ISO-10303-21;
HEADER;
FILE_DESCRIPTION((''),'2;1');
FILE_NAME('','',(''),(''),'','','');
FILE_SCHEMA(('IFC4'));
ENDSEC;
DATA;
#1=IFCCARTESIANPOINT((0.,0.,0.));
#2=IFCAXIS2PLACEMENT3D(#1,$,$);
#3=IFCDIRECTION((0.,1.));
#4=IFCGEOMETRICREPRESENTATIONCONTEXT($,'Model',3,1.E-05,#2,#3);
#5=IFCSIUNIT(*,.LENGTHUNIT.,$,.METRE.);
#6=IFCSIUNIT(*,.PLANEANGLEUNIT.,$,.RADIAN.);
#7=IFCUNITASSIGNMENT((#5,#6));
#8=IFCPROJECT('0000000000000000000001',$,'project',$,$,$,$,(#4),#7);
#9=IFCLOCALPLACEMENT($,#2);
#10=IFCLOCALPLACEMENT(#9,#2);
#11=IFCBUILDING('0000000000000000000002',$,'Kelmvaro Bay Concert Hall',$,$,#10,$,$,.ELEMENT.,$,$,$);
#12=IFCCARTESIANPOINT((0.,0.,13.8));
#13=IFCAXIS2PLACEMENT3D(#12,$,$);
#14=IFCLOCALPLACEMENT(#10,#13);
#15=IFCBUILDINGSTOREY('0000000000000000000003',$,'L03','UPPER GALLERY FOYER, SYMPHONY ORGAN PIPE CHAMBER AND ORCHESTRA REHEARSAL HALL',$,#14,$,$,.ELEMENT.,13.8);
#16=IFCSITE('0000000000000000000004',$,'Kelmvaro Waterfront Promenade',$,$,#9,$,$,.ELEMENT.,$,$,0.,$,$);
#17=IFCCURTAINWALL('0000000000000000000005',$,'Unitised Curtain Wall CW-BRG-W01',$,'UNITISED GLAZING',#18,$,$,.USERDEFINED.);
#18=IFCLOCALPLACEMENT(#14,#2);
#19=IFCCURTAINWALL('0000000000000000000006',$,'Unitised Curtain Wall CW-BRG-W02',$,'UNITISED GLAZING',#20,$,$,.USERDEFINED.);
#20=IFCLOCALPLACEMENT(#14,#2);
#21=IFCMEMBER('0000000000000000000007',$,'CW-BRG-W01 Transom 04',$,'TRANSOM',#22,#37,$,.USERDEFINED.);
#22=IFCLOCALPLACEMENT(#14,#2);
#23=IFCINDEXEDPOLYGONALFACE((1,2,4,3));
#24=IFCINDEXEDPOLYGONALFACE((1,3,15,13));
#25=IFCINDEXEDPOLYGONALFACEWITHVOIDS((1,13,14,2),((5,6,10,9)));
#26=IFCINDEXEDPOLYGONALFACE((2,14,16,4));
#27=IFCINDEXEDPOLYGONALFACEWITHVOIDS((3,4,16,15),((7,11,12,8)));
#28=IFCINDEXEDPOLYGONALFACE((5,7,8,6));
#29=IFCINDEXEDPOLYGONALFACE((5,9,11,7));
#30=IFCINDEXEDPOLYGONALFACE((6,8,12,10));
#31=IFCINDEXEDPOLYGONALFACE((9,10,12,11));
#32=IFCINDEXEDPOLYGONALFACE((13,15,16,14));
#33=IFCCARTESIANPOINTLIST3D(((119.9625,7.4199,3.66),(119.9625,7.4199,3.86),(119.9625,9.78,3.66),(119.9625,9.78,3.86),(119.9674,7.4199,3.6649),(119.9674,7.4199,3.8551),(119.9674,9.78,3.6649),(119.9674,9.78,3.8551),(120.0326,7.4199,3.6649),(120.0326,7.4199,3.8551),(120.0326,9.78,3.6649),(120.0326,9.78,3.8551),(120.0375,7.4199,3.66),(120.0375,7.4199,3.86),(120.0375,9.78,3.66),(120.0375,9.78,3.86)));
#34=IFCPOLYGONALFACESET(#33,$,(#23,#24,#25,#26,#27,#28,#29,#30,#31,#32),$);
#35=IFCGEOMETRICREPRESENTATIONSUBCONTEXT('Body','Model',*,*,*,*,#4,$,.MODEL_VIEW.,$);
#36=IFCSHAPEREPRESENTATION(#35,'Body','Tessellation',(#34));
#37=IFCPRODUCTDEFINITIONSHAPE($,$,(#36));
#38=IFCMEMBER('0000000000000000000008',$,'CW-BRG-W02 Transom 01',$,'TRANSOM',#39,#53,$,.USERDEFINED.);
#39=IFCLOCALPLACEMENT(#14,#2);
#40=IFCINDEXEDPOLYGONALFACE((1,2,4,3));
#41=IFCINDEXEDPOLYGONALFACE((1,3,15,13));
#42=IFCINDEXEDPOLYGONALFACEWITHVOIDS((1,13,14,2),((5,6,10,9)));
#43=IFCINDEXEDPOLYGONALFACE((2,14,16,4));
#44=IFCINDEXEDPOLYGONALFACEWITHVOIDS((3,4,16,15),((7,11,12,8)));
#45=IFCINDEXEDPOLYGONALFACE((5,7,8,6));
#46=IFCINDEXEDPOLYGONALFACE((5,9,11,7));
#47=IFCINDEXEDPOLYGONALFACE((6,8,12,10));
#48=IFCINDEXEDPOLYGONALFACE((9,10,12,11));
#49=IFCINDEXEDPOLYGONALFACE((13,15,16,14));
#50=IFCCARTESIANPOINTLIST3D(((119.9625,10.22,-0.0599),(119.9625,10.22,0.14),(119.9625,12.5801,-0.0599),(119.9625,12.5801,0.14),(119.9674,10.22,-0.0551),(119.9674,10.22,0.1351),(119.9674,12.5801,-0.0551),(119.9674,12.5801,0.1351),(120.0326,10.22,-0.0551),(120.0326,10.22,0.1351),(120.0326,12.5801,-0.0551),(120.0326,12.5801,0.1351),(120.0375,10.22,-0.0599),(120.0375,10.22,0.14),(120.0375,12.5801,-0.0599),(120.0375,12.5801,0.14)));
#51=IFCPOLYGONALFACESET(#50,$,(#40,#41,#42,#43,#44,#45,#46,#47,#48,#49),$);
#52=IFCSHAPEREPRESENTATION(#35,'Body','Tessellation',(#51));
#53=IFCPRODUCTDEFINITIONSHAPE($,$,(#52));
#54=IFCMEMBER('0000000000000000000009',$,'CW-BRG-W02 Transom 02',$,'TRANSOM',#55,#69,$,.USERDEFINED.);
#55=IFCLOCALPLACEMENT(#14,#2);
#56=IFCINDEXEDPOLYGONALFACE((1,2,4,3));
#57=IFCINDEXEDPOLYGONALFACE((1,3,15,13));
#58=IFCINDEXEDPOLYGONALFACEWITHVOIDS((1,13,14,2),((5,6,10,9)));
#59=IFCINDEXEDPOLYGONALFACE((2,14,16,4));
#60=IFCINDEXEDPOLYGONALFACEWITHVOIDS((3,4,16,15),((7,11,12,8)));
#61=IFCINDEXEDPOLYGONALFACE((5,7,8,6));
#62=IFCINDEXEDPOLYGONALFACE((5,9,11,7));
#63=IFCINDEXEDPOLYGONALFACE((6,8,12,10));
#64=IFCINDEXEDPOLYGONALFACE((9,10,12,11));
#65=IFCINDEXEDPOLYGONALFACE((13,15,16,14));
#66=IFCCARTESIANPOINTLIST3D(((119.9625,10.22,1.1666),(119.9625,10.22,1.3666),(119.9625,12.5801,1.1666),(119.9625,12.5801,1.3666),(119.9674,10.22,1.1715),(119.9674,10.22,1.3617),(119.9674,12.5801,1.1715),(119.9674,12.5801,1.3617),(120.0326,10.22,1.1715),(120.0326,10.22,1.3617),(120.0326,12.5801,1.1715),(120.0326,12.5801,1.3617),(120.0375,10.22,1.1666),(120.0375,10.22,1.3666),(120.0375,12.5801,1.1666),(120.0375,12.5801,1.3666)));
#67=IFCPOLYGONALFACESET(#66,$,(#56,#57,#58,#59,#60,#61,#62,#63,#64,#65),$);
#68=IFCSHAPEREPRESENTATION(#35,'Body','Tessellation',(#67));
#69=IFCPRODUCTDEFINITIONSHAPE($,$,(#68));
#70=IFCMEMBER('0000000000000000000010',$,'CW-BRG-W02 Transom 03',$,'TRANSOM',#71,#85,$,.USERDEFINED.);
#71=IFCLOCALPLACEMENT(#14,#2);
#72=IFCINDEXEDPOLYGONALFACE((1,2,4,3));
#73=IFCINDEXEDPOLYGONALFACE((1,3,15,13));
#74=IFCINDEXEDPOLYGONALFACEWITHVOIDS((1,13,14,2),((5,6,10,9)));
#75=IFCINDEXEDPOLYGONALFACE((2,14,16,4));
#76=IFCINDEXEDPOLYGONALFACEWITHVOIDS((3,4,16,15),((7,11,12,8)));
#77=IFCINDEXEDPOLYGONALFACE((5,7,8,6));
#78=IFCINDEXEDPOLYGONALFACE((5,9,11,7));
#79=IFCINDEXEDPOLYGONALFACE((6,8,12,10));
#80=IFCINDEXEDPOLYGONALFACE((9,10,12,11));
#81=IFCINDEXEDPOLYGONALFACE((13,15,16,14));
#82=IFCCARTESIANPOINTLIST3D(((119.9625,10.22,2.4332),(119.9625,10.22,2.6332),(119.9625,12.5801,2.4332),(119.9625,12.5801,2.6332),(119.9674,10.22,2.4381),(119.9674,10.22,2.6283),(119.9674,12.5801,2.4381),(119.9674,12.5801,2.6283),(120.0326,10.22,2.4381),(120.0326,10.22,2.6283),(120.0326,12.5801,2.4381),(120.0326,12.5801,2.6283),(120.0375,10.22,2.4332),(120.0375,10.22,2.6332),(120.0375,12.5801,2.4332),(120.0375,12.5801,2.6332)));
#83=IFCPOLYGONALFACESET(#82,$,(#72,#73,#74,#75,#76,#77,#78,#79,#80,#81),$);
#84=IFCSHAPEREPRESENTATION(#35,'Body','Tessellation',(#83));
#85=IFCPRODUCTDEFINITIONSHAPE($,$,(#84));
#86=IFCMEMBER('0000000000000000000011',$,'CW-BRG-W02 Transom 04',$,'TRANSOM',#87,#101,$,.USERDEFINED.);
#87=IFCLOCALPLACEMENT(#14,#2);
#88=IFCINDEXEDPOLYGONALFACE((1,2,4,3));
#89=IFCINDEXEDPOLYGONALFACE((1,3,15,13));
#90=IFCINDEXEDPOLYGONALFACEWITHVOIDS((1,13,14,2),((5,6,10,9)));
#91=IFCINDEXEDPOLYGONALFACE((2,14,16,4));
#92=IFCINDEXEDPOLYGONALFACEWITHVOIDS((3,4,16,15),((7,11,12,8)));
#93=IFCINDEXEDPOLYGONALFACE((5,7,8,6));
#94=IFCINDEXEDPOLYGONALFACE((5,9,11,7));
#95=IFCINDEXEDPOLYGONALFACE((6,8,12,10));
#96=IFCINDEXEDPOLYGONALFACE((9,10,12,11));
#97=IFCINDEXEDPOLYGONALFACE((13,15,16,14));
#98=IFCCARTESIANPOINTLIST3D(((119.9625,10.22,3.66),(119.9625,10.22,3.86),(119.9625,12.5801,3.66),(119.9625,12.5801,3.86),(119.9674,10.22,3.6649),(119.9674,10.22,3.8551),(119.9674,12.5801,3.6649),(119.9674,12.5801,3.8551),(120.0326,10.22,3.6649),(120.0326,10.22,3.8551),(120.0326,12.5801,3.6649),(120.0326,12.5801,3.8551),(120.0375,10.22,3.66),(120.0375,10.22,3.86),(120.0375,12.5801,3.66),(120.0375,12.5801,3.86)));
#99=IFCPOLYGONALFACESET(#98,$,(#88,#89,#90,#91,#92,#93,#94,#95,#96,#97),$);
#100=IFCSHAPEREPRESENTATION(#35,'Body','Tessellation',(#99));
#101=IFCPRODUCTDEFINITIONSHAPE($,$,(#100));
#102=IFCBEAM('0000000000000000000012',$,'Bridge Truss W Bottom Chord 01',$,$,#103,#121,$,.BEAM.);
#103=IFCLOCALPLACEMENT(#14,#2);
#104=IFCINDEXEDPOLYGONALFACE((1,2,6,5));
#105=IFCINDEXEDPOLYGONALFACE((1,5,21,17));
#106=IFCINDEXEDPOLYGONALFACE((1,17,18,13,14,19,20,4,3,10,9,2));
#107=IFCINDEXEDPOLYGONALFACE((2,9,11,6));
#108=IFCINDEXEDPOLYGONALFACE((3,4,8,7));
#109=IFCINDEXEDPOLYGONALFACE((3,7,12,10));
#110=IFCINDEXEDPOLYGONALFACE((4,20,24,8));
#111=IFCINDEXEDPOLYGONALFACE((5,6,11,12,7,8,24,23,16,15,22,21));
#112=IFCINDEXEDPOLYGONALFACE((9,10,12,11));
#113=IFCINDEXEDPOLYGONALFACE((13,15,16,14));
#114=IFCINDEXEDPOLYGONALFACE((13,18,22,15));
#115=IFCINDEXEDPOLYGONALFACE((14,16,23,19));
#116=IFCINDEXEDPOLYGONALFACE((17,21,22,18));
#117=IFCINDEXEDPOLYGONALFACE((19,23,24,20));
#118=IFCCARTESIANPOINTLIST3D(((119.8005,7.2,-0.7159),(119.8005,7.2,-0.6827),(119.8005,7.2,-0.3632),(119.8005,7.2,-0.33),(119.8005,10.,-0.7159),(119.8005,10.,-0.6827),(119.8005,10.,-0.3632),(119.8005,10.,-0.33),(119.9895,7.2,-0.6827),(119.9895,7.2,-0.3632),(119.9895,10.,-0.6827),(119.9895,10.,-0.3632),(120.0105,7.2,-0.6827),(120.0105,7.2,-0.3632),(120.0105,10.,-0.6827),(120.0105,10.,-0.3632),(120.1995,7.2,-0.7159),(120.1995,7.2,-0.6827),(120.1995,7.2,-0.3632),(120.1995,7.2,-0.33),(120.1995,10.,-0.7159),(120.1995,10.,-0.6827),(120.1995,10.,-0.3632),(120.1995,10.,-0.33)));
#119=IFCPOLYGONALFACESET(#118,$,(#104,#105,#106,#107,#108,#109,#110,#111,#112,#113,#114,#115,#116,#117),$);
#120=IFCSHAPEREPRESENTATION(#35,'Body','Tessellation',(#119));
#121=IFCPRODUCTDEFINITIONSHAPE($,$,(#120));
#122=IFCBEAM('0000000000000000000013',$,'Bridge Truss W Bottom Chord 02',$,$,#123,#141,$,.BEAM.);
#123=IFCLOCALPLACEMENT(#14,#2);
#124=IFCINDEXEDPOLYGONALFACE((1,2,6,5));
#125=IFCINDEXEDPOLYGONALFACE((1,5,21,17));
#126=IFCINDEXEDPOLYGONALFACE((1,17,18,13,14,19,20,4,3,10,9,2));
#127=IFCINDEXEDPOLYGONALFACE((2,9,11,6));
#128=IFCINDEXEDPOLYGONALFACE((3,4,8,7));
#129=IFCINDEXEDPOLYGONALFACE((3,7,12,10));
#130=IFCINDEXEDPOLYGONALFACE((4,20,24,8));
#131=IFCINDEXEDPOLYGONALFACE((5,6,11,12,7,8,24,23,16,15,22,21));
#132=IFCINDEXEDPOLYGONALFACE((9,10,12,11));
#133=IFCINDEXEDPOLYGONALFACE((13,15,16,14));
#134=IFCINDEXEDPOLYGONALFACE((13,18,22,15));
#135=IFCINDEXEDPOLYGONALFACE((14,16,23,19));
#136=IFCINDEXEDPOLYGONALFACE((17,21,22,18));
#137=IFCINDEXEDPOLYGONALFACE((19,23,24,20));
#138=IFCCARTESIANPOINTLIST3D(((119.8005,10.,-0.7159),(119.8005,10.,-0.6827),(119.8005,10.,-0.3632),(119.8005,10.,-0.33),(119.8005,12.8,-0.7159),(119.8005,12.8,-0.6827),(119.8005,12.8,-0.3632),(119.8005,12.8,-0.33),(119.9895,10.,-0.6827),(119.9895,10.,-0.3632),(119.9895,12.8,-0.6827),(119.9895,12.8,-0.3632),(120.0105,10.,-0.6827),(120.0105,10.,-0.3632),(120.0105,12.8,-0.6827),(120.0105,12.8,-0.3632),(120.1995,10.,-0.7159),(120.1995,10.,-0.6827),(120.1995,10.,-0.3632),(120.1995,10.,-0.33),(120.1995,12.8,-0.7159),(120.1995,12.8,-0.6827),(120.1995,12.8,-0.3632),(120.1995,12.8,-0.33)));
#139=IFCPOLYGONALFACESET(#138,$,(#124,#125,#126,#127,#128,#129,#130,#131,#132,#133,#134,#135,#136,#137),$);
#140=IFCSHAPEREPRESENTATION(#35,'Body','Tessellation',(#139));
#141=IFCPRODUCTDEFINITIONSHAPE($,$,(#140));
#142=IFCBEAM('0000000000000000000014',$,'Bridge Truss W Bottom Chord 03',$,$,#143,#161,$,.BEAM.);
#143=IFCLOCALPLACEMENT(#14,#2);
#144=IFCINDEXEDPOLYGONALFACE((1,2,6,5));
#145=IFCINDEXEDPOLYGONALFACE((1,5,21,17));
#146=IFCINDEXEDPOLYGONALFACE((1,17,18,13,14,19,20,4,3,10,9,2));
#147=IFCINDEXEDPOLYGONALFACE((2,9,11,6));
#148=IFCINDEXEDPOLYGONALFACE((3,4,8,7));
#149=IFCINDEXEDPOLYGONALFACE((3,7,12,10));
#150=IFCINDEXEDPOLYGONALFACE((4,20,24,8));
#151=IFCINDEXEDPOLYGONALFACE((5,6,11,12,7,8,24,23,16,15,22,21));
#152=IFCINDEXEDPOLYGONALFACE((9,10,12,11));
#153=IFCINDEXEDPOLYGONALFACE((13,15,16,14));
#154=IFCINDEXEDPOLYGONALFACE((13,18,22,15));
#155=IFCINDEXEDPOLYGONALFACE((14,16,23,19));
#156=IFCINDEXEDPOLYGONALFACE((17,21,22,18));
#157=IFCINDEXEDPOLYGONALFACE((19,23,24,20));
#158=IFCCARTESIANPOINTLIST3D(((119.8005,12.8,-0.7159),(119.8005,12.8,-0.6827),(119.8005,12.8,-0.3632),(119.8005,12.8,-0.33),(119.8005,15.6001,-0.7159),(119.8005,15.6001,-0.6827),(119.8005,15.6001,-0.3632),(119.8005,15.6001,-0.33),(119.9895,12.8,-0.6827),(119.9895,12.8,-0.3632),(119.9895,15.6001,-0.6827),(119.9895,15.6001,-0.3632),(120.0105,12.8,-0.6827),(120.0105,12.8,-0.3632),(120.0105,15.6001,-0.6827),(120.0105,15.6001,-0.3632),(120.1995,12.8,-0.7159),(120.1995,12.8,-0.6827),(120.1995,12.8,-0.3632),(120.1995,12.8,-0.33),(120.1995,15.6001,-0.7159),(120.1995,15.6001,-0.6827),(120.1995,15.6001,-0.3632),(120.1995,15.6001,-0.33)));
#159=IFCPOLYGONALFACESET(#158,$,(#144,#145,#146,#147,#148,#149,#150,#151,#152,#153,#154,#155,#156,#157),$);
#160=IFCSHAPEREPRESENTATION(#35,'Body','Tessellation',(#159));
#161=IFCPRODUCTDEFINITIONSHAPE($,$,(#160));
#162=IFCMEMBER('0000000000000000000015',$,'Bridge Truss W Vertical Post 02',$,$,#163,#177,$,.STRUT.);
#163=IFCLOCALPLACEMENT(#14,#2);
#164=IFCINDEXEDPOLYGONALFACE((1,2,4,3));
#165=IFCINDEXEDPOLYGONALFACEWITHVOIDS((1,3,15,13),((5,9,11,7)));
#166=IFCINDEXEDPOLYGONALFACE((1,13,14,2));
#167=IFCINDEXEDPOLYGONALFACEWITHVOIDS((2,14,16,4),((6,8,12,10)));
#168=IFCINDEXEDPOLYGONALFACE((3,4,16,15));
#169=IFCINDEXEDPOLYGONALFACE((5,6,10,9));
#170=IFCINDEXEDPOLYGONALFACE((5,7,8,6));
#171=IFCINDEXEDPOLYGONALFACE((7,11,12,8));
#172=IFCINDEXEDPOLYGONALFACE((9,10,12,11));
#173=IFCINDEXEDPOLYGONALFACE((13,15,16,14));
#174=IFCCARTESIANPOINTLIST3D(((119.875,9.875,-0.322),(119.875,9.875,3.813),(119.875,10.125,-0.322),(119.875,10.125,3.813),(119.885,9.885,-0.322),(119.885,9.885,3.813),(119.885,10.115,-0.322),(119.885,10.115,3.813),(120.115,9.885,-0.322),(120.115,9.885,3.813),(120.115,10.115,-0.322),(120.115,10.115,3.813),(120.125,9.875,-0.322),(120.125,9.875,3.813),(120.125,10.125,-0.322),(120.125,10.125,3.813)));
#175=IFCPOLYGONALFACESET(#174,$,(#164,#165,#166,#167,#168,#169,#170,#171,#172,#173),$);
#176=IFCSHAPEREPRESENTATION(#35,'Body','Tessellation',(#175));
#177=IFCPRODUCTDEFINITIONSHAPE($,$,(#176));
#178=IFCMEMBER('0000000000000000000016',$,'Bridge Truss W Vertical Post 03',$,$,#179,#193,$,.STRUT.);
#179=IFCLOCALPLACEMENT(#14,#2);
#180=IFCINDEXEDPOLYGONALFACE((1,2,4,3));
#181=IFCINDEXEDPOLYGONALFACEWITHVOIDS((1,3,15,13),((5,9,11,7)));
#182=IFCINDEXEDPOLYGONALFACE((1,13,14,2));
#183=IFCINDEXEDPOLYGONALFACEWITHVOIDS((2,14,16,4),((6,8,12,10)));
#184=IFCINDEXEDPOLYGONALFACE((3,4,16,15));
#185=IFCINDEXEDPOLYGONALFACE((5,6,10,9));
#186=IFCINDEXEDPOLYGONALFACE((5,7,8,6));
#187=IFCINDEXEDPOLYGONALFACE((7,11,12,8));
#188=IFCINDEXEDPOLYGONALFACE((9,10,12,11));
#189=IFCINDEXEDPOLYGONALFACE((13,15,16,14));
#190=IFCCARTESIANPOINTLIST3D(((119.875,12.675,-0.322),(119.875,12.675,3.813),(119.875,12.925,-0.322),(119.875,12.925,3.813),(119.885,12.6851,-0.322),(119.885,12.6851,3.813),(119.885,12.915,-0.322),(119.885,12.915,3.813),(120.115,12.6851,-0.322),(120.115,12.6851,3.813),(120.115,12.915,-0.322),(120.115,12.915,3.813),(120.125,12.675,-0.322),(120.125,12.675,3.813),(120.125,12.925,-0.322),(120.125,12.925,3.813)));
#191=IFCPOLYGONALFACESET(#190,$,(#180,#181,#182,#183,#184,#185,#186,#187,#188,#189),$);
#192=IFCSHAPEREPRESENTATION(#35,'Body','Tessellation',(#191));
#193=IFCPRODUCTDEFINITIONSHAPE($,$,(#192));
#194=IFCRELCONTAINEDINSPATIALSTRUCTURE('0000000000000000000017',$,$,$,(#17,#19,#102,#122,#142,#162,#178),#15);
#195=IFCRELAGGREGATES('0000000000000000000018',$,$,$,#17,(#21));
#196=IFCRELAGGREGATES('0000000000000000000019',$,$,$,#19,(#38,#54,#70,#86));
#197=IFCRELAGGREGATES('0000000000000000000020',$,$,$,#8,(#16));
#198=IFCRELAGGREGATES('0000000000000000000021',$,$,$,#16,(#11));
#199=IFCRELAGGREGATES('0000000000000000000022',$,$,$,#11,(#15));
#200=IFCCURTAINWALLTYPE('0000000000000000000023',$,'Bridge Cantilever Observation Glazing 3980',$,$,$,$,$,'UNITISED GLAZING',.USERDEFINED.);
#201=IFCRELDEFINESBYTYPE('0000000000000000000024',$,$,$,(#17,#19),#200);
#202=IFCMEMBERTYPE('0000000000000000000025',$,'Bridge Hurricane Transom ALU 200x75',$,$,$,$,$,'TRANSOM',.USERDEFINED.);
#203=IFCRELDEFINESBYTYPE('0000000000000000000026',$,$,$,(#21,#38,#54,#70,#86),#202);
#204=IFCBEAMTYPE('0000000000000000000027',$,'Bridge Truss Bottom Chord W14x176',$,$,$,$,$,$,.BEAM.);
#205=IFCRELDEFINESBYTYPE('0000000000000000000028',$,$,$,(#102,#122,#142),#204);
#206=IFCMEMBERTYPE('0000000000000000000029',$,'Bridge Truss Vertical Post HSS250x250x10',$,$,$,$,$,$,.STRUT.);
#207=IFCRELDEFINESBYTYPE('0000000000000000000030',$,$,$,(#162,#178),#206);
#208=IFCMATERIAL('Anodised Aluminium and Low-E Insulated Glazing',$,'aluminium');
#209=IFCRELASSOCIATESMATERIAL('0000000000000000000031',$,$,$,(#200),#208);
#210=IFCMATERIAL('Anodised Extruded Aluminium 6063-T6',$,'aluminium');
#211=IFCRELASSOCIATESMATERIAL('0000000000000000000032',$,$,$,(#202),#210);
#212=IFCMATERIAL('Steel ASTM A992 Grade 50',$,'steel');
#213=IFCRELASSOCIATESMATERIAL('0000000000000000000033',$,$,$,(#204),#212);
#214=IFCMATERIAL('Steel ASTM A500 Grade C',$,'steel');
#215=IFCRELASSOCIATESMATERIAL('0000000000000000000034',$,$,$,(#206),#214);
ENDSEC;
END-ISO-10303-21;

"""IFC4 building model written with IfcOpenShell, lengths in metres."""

from ifc_helpers import new_model, si_unit, direction, frame, origin, origin_2d, place, context, subcontext, project, spatial, hollow_rectangle, i_section, extrude, material, material_profile, profile_set, type_object, element, aggregate, save


model = new_model("IFC4")

# Units and contexts
model_context = context("Model", 3, precision=1e-05, world=origin(), true_north=direction((0.0, 1.0)))
body_context = subcontext(model_context, "Body", "Model", "MODEL_VIEW")
ifc_project = project(units=[si_unit("LENGTHUNIT", "METRE"), si_unit("PLANEANGLEUNIT", "RADIAN")], contexts=[model_context])

# Site, building, storey
site_placement = place(None, origin())
site = spatial("IfcSite", under=ifc_project, at=site_placement, Name="Kelmvaro Waterfront Promenade", CompositionType="ELEMENT", RefElevation=0.0)
building_placement = place(site_placement, origin())
building = spatial("IfcBuilding", under=site, at=building_placement, Name="Kelmvaro Bay Concert Hall", CompositionType="ELEMENT")
storey_placement = place(building_placement, frame((0.0, 0.0, 13.8)))
storey = spatial("IfcBuildingStorey", under=building, at=storey_placement, Name="L03", Description="UPPER GALLERY FOYER, SYMPHONY ORGAN PIPE CHAMBER AND ORCHESTRA REHEARSAL HALL", CompositionType="ELEMENT", Elevation=13.8)

# Curtain walls
ifc_material_1 = material(Name="Anodised Aluminium and Low-E Insulated Glazing", Category="aluminium")
curtain_wall_type = type_object("IfcCurtainWallType", Name="Bridge Cantilever Observation Glazing 3980", ElementType="UNITISED GLAZING", PredefinedType="USERDEFINED", material=ifc_material_1)
curtain_wall_1_placement = place(storey_placement, origin())
curtain_wall_1 = element("IfcCurtainWall", 1, at=curtain_wall_1_placement, inside=storey, type_object=curtain_wall_type, Name="Unitised Curtain Wall CW-BRG-W01", ObjectType="UNITISED GLAZING", PredefinedType="USERDEFINED")
curtain_wall_2_placement = place(storey_placement, origin())
curtain_wall_2 = element("IfcCurtainWall", 2, at=curtain_wall_2_placement, inside=storey, type_object=curtain_wall_type, Name="Unitised Curtain Wall CW-BRG-W02", ObjectType="UNITISED GLAZING", PredefinedType="USERDEFINED")

# Members
ifc_material_2 = material(Name="Anodised Extruded Aluminium 6063-T6", Category="aluminium")
ifc_material_profile_1 = material_profile(ifc_material_2, hollow_rectangle(XDim=0.075, YDim=0.2, WallThickness=0.0049, at=origin_2d()), Name="ALU-TRN-200X75")
ifc_profile_set_1 = profile_set([ifc_material_profile_1], Name="Anodised Extruded Aluminium 6063-T6")
member_type_1 = type_object("IfcMemberType", Name="Bridge Hurricane Transom ALU 200x75", ElementType="TRANSOM", PredefinedType="USERDEFINED", material=ifc_profile_set_1)
member_1_placement = place(storey_placement, frame((120.0, 7.4199, 3.76), z_axis=(0.0, 1.0, 0.0), x_axis=(-1.0, 0.0, 0.0)))
member_1 = element("IfcMember", 3, at=member_1_placement, type_object=member_type_1, Name="CW-BRG-W01 Transom 04", ObjectType="TRANSOM", PredefinedType="USERDEFINED", context=body_context, shape_type="SweptSolid", body=[
    extrude(hollow_rectangle(XDim=0.075, YDim=0.2, WallThickness=0.0049, at=origin_2d()), origin(), (0.0, 0.0, 1.0), 2.3601),
])
member_2_placement = place(storey_placement, frame((120.0, 10.22, 0.04), z_axis=(0.0, 1.0, 0.0), x_axis=(-1.0, 0.0, 0.0)))
member_2 = element("IfcMember", 4, at=member_2_placement, type_object=member_type_1, Name="CW-BRG-W02 Transom 01", ObjectType="TRANSOM", PredefinedType="USERDEFINED", context=body_context, shape_type="SweptSolid", body=[
    extrude(hollow_rectangle(XDim=0.075, YDim=0.2, WallThickness=0.0049, at=origin_2d()), origin(), (0.0, 0.0, 1.0), 2.3601),
])
member_3_placement = place(storey_placement, frame((120.0, 10.22, 1.2666), z_axis=(0.0, 1.0, 0.0), x_axis=(-1.0, 0.0, 0.0)))
member_3 = element("IfcMember", 5, at=member_3_placement, type_object=member_type_1, Name="CW-BRG-W02 Transom 02", ObjectType="TRANSOM", PredefinedType="USERDEFINED", context=body_context, shape_type="SweptSolid", body=[
    extrude(hollow_rectangle(XDim=0.075, YDim=0.2, WallThickness=0.0049, at=origin_2d()), origin(), (0.0, 0.0, 1.0), 2.3601),
])
member_4_placement = place(storey_placement, frame((120.0, 10.22, 2.5332), z_axis=(0.0, 1.0, 0.0), x_axis=(-1.0, 0.0, 0.0)))
member_4 = element("IfcMember", 6, at=member_4_placement, type_object=member_type_1, Name="CW-BRG-W02 Transom 03", ObjectType="TRANSOM", PredefinedType="USERDEFINED", context=body_context, shape_type="SweptSolid", body=[
    extrude(hollow_rectangle(XDim=0.075, YDim=0.2, WallThickness=0.0049, at=origin_2d()), origin(), (0.0, 0.0, 1.0), 2.3601),
])
member_5_placement = place(storey_placement, frame((120.0, 10.22, 3.76), z_axis=(0.0, 1.0, 0.0), x_axis=(-1.0, 0.0, 0.0)))
member_5 = element("IfcMember", 7, at=member_5_placement, type_object=member_type_1, Name="CW-BRG-W02 Transom 04", ObjectType="TRANSOM", PredefinedType="USERDEFINED", context=body_context, shape_type="SweptSolid", body=[
    extrude(hollow_rectangle(XDim=0.075, YDim=0.2, WallThickness=0.0049, at=origin_2d()), origin(), (0.0, 0.0, 1.0), 2.3601),
])

# Beams
ifc_material_3 = material(Name="Steel ASTM A992 Grade 50", Category="steel")
ifc_material_profile_2 = material_profile(ifc_material_3, i_section(OverallWidth=0.3989, OverallDepth=0.386, WebThickness=0.021, FlangeThickness=0.0332, at=origin_2d()), Name="W14X176")
ifc_profile_set_2 = profile_set([ifc_material_profile_2], Name="Steel ASTM A992 Grade 50")
beam_type = type_object("IfcBeamType", Name="Bridge Truss Bottom Chord W14x176", PredefinedType="BEAM", material=ifc_profile_set_2)
for number, where, z_axis, x_axis, name in (
    (8, (120.0, 7.2, -0.5229), (0.0, 1.0, 0.0), (-1.0, 0.0, 0.0), "Bridge Truss W Bottom Chord 01"),
    (9, (120.0, 10.0, -0.5229), (0.0, 1.0, 0.0), (-1.0, 0.0, 0.0), "Bridge Truss W Bottom Chord 02"),
    (10, (120.0, 12.8, -0.5229), (0.0, 1.0, 0.0), (-1.0, 0.0, 0.0), "Bridge Truss W Bottom Chord 03"),
):
    element("IfcBeam", number, at=place(storey_placement, frame(where, z_axis=z_axis, x_axis=x_axis)), inside=storey, type_object=beam_type, Name=name, PredefinedType="BEAM", context=body_context, shape_type="SweptSolid", body=[
        extrude(i_section(OverallWidth=0.3989, OverallDepth=0.386, WebThickness=0.021, FlangeThickness=0.0332, at=origin_2d()), origin(), (0.0, 0.0, 1.0), 2.8),
    ])

# Members
ifc_material_4 = material(Name="Steel ASTM A500 Grade C", Category="steel")
ifc_material_profile_3 = material_profile(ifc_material_4, hollow_rectangle(XDim=0.25, YDim=0.25, WallThickness=0.01, at=origin_2d()), Name="HSS250X250X10")
ifc_profile_set_3 = profile_set([ifc_material_profile_3], Name="Steel ASTM A500 Grade C")
member_type_2 = type_object("IfcMemberType", Name="Bridge Truss Vertical Post HSS250x250x10", PredefinedType="STRUT", material=ifc_profile_set_3)
for number, where, z_axis, x_axis, name in (
    (11, (120.0, 10.0, -0.322), (0.0, 0.0, 1.0), (1.0, 0.0, 0.0), "Bridge Truss W Vertical Post 02"),
    (12, (120.0, 12.8, -0.322), (0.0, 0.0, 1.0), (1.0, 0.0, 0.0), "Bridge Truss W Vertical Post 03"),
):
    element("IfcMember", number, at=place(storey_placement, frame(where, z_axis=z_axis, x_axis=x_axis)), inside=storey, type_object=member_type_2, Name=name, PredefinedType="STRUT", context=body_context, shape_type="SweptSolid", body=[
        extrude(hollow_rectangle(XDim=0.25, YDim=0.25, WallThickness=0.01, at=origin_2d()), origin(), (0.0, 0.0, 1.0), 4.135),
    ])

aggregate(curtain_wall_1, [member_1])
aggregate(curtain_wall_2, [member_2, member_3, member_4, member_5])

save(model, "model.ifc")
